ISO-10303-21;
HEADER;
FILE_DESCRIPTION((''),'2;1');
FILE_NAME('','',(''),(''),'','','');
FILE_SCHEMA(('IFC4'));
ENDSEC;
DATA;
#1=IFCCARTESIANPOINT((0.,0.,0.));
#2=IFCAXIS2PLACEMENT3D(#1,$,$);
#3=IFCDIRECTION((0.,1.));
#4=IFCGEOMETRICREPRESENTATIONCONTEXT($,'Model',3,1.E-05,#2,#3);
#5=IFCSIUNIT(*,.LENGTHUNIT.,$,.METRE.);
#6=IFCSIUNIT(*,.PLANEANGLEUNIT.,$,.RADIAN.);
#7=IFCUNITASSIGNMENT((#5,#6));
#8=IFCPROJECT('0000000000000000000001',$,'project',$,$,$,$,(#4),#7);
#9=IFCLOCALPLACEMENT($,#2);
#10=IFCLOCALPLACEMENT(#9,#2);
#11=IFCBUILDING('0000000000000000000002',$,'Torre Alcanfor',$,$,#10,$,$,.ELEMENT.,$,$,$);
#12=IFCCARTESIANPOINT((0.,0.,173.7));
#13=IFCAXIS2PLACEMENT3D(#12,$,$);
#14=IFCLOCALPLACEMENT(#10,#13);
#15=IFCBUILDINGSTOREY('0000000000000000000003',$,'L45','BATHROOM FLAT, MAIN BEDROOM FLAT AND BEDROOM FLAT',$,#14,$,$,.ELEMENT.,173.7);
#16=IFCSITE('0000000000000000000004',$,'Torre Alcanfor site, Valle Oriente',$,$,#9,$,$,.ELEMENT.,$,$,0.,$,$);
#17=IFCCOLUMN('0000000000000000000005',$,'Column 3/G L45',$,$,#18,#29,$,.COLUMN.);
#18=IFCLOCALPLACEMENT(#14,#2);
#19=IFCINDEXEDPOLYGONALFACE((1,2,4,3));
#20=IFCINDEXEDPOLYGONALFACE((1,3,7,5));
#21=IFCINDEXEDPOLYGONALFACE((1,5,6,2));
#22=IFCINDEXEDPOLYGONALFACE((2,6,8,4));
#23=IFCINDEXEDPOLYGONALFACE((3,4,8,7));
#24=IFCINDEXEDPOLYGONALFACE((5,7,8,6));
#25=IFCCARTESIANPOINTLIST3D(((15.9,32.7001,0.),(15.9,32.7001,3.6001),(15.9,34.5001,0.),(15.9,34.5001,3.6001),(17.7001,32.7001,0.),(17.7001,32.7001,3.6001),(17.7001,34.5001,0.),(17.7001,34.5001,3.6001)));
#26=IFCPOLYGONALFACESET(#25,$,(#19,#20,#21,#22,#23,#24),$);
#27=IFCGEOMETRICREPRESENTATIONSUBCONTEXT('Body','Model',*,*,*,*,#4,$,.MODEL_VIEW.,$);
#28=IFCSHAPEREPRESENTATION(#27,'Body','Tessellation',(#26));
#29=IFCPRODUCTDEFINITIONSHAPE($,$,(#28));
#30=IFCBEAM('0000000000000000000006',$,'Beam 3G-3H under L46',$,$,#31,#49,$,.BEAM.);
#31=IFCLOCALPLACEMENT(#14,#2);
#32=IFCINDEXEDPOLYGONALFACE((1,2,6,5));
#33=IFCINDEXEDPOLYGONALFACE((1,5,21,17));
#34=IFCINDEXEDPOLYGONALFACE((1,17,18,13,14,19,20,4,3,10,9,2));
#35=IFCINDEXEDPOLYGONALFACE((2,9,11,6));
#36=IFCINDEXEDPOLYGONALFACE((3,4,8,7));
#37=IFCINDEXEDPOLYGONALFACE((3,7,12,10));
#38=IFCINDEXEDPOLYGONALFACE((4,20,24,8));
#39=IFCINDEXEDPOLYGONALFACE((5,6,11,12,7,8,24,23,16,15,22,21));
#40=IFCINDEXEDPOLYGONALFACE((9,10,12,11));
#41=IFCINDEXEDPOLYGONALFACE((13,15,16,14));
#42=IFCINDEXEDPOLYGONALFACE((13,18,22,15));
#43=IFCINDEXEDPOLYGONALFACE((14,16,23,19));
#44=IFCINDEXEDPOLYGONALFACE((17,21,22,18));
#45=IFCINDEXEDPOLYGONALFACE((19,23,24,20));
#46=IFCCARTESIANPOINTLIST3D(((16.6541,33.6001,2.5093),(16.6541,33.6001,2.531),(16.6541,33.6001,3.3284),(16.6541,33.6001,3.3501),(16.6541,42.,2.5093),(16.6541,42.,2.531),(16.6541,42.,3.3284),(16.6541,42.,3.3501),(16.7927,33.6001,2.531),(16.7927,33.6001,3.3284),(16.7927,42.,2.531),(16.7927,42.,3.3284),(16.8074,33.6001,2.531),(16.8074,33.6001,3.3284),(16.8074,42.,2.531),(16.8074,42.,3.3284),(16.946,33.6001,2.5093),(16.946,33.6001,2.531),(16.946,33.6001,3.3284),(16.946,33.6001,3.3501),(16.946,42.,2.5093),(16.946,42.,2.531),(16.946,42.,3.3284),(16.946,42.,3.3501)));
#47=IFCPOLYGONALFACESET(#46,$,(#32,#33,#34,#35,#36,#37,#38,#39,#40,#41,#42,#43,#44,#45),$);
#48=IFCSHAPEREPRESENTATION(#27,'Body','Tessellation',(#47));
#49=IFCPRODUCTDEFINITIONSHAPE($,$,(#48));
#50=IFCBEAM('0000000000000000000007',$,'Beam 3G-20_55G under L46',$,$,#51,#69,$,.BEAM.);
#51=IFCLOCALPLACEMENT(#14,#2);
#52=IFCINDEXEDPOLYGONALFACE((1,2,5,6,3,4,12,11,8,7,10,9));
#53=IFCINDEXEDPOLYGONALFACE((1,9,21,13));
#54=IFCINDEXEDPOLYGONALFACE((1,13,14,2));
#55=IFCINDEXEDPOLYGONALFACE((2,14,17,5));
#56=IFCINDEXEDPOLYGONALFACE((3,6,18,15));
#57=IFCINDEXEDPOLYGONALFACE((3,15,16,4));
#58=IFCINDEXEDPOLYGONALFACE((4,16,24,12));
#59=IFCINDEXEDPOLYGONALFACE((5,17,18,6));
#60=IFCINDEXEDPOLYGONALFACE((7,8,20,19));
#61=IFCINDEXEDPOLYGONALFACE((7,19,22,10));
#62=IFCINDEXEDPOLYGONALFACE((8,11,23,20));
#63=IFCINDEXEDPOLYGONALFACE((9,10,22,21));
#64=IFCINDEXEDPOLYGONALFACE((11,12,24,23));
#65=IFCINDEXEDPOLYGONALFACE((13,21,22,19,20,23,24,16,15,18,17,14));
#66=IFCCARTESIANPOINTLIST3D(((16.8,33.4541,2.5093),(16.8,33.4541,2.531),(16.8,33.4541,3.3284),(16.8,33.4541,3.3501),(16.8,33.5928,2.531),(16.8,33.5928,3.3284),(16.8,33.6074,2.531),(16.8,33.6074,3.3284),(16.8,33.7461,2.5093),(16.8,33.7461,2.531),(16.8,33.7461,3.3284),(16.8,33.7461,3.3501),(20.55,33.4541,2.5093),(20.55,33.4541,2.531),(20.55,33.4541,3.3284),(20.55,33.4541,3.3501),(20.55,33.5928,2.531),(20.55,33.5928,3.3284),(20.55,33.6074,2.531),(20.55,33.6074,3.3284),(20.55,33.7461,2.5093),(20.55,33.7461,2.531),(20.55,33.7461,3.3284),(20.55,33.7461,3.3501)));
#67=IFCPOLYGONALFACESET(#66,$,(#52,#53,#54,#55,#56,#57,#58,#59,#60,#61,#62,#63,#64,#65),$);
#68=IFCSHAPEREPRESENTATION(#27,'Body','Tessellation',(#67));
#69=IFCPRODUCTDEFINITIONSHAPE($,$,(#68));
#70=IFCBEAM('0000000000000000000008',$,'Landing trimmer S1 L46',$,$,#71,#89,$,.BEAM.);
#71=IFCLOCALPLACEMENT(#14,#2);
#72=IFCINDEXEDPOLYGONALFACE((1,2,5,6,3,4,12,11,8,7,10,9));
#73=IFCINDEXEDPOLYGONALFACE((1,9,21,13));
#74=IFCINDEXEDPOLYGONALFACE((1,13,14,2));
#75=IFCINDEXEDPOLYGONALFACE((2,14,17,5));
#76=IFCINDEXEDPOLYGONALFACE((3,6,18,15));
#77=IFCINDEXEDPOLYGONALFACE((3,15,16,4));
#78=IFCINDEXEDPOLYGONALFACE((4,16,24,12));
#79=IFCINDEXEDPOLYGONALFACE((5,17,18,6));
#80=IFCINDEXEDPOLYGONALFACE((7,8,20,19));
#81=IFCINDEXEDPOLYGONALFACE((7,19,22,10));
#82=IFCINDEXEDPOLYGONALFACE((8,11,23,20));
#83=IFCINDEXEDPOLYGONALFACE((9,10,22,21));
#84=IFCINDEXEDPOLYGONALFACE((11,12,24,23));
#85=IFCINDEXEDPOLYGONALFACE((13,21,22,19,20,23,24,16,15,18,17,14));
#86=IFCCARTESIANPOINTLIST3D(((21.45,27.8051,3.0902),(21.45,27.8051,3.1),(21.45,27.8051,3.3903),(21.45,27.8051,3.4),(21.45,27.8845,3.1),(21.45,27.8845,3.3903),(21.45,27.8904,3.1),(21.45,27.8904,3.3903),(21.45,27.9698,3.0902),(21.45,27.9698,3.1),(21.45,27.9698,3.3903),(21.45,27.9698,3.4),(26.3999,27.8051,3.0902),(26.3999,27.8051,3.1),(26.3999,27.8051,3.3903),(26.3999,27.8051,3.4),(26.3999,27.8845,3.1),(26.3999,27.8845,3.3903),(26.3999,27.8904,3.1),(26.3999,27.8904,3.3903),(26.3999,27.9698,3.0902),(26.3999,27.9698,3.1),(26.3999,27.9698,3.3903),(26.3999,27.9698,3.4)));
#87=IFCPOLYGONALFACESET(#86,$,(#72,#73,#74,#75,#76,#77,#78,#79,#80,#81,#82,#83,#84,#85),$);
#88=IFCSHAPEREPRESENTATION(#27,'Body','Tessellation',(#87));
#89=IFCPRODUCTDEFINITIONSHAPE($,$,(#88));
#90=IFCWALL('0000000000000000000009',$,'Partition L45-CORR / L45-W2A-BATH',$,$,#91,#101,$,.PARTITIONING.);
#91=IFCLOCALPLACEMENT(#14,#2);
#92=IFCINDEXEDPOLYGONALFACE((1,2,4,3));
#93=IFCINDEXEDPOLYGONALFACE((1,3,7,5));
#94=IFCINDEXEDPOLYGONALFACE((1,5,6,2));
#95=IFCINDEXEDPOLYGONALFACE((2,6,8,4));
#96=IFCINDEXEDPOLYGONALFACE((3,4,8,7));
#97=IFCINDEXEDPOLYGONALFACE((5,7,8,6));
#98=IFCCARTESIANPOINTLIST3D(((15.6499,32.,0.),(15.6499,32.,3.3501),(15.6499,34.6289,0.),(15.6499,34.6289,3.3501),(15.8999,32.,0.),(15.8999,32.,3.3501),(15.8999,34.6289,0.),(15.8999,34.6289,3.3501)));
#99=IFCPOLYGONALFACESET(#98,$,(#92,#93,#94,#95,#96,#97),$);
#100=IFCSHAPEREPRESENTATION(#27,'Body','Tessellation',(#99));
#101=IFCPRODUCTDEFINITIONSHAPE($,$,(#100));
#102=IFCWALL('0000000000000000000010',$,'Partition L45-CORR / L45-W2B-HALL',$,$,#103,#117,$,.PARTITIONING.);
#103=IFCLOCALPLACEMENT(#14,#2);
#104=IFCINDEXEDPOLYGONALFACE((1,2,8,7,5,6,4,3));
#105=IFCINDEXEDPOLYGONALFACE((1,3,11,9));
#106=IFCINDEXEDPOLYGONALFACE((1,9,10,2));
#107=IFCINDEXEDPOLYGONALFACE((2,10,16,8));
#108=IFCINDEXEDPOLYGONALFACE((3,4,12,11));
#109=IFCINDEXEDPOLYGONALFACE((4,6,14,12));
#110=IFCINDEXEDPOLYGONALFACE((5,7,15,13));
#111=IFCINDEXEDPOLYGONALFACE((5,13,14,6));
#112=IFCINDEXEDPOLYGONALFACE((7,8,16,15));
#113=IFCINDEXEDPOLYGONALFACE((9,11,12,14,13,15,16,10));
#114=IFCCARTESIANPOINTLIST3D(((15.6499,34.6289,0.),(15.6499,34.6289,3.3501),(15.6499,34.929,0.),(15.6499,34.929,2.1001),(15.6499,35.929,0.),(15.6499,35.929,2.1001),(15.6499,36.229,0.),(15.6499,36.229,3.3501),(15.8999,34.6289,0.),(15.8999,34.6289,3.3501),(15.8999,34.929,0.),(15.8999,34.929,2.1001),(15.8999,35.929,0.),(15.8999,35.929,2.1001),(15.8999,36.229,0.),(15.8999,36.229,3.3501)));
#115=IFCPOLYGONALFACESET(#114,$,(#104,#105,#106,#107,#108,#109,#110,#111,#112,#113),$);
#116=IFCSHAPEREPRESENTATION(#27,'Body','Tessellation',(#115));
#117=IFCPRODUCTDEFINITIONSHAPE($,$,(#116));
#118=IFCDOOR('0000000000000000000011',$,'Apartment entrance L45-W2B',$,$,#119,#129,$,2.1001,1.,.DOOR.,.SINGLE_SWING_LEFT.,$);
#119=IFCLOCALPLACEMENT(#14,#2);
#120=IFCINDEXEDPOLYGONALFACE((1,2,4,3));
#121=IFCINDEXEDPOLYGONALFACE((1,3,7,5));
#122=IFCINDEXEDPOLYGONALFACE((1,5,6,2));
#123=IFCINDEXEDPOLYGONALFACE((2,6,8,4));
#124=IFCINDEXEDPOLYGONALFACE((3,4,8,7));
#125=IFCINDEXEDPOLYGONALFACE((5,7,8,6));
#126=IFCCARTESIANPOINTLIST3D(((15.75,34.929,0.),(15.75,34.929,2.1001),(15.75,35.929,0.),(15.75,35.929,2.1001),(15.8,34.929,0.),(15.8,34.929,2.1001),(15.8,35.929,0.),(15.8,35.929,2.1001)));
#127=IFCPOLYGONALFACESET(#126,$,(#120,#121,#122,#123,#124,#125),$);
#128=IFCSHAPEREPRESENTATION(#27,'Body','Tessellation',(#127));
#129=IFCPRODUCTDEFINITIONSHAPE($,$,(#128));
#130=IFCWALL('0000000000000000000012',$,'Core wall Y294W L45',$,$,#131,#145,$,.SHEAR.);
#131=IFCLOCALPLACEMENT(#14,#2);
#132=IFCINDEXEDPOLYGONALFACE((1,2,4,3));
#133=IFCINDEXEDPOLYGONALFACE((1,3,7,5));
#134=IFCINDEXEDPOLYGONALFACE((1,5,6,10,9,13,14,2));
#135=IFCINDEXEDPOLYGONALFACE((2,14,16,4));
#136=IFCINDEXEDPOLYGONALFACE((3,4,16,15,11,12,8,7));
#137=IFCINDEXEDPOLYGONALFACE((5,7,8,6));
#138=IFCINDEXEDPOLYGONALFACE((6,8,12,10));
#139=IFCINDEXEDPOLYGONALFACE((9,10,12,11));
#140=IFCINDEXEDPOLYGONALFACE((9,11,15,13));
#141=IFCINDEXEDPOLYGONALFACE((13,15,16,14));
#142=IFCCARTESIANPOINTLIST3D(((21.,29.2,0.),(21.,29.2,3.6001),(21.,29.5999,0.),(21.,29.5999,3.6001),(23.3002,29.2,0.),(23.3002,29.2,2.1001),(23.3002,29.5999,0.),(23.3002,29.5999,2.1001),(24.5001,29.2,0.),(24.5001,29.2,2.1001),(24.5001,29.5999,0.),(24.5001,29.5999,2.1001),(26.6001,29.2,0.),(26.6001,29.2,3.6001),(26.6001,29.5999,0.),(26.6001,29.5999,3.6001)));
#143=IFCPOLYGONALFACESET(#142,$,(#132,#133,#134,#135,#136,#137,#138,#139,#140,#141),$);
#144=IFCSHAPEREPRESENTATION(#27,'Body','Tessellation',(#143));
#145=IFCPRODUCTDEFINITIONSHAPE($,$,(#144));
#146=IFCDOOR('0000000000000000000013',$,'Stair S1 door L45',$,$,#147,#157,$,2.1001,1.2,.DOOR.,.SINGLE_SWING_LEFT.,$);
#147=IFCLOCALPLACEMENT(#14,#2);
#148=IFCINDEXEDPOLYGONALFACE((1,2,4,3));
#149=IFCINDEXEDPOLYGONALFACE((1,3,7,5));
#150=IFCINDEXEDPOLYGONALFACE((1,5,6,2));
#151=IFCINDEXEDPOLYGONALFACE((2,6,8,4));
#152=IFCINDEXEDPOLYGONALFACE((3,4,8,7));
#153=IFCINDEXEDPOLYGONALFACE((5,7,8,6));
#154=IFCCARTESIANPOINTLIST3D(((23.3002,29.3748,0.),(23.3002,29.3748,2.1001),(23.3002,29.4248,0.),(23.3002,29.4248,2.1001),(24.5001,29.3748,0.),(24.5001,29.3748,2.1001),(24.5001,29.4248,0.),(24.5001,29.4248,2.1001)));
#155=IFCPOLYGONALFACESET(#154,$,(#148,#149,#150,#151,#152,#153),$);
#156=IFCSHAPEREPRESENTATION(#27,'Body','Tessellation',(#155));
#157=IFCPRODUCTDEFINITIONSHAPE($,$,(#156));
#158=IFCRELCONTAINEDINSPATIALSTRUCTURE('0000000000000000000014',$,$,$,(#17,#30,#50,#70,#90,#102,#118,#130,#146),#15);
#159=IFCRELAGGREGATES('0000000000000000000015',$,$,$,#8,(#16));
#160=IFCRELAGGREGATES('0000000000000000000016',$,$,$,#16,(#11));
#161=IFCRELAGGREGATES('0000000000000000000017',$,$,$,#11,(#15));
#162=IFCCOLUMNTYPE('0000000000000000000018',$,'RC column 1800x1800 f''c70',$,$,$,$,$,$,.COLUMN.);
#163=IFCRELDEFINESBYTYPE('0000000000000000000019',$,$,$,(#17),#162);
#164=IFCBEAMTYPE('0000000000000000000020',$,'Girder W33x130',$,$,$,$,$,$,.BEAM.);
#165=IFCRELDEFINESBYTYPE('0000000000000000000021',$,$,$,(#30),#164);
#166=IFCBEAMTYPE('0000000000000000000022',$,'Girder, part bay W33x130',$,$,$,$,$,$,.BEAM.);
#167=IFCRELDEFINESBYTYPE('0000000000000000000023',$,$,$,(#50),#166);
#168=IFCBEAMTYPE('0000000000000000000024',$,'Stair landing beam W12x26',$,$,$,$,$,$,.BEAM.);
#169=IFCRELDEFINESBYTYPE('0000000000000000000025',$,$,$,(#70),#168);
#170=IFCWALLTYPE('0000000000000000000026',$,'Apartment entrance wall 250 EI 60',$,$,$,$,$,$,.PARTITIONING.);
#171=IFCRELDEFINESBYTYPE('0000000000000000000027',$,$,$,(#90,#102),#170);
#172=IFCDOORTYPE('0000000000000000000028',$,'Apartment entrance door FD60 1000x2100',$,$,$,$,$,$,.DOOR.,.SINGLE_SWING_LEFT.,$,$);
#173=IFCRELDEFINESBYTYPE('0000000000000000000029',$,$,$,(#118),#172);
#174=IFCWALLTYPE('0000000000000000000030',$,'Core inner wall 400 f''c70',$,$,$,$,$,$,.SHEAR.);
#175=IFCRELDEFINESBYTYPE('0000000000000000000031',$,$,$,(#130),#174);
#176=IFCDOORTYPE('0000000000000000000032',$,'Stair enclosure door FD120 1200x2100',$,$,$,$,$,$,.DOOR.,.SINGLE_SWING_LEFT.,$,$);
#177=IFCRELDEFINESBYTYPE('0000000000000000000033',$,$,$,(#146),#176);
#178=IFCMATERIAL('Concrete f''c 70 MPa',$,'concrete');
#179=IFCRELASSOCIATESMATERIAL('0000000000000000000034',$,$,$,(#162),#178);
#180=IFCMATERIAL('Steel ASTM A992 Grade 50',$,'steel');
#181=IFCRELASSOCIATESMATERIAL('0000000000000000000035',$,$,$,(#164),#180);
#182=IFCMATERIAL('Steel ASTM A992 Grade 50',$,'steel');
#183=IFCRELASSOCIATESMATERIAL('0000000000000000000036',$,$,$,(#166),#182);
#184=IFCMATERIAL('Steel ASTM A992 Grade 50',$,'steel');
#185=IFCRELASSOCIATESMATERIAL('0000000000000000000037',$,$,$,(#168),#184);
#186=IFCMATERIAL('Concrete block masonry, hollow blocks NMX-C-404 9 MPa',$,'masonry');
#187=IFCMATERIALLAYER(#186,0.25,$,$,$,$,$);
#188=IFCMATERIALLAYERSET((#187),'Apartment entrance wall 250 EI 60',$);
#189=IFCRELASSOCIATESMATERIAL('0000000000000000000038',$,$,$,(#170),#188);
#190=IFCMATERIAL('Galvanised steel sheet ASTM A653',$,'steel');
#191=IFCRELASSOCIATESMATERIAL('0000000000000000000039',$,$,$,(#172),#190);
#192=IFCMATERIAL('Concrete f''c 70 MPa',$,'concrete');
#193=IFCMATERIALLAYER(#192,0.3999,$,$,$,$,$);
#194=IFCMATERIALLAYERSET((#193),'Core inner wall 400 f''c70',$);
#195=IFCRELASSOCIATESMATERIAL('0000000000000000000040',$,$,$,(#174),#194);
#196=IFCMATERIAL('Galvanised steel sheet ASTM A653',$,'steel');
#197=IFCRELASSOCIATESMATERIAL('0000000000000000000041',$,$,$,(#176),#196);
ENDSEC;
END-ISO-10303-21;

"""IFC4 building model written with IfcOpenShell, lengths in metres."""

from ifc_helpers import new_model, si_unit, direction, frame, frame_2d, origin, origin_2d, place, context, subcontext, project, spatial, rectangle, i_section, extrude, material, layer, layer_set, material_profile, profile_set, type_object, element, fill, save


model = new_model("IFC4")

# Units and contexts
model_context = context("Model", 3, precision=1e-05, world=origin(), true_north=direction((0.0, 1.0)))
body_context = subcontext(model_context, "Body", "Model", "MODEL_VIEW")
ifc_project = project(units=[si_unit("LENGTHUNIT", "METRE"), si_unit("PLANEANGLEUNIT", "RADIAN")], contexts=[model_context])

# Site, building, storey
site_placement = place(None, origin())
site = spatial("IfcSite", under=ifc_project, at=site_placement, Name="Torre Alcanfor site, Valle Oriente", CompositionType="ELEMENT", RefElevation=0.0)
building_placement = place(site_placement, origin())
building = spatial("IfcBuilding", under=site, at=building_placement, Name="Torre Alcanfor", CompositionType="ELEMENT")
storey_placement = place(building_placement, frame((0.0, 0.0, 173.7)))
storey = spatial("IfcBuildingStorey", under=building, at=storey_placement, Name="L45", Description="BATHROOM FLAT, MAIN BEDROOM FLAT AND BEDROOM FLAT", CompositionType="ELEMENT", Elevation=173.7)

# Column
ifc_material_1 = material(Name="Concrete f'c 70 MPa", Category="concrete")
ifc_material_profile_1 = material_profile(ifc_material_1, rectangle(XDim=1.8, YDim=1.8, at=origin_2d()), Name="1800x1800")
ifc_profile_set_1 = profile_set([ifc_material_profile_1], Name="Concrete f'c 70 MPa")
column_type = type_object("IfcColumnType", Name="RC column 1800x1800 f'c70", PredefinedType="COLUMN", material=ifc_profile_set_1)
column_placement = place(storey_placement, frame((16.8, 33.6001, 0.0), z_axis=(0.0, 0.0, 1.0), x_axis=(1.0, 0.0, 0.0)))
element("IfcColumn", 1, at=column_placement, inside=storey, type_object=column_type, Name="Column 3/G L45", PredefinedType="COLUMN", context=body_context, shape_type="SweptSolid", body=[
    extrude(rectangle(XDim=1.8, YDim=1.8, at=origin_2d()), origin(), (0.0, 0.0, 1.0), 3.6001),
])

# Beams
ifc_material_2 = material(Name="Steel ASTM A992 Grade 50", Category="steel")
ifc_material_profile_2 = material_profile(ifc_material_2, i_section(OverallWidth=0.292, OverallDepth=0.8408, WebThickness=0.0146, FlangeThickness=0.0217, at=origin_2d()), Name="W33x130")
ifc_profile_set_2 = profile_set([ifc_material_profile_2], Name="Steel ASTM A992 Grade 50")
beam_type_1 = type_object("IfcBeamType", Name="Girder W33x130", PredefinedType="BEAM", material=ifc_profile_set_2)
beam_1_placement = place(storey_placement, frame((16.8, 33.6001, 2.9297), z_axis=(0.0, 1.0, 0.0), x_axis=(-1.0, 0.0, 0.0)))
element("IfcBeam", 2, at=beam_1_placement, inside=storey, type_object=beam_type_1, Name="Beam 3G-3H under L46", PredefinedType="BEAM", context=body_context, shape_type="SweptSolid", body=[
    extrude(i_section(OverallWidth=0.292, OverallDepth=0.8408, WebThickness=0.0146, FlangeThickness=0.0217, at=origin_2d()), origin(), (0.0, 0.0, 1.0), 8.3999),
])
ifc_material_3 = material(Name="Steel ASTM A992 Grade 50", Category="steel")
ifc_material_profile_3 = material_profile(ifc_material_3, i_section(OverallWidth=0.292, OverallDepth=0.8408, WebThickness=0.0146, FlangeThickness=0.0217, at=origin_2d()), Name="W33x130")
ifc_profile_set_3 = profile_set([ifc_material_profile_3], Name="Steel ASTM A992 Grade 50")
beam_type_2 = type_object("IfcBeamType", Name="Girder, part bay W33x130", PredefinedType="BEAM", material=ifc_profile_set_3)
beam_2_placement = place(storey_placement, frame((16.8, 33.6001, 2.9297), z_axis=(1.0, 0.0, 0.0), x_axis=(0.0, 1.0, 0.0)))
element("IfcBeam", 3, at=beam_2_placement, inside=storey, type_object=beam_type_2, Name="Beam 3G-20_55G under L46", PredefinedType="BEAM", context=body_context, shape_type="SweptSolid", body=[
    extrude(i_section(OverallWidth=0.292, OverallDepth=0.8408, WebThickness=0.0146, FlangeThickness=0.0217, at=origin_2d()), origin(), (0.0, 0.0, 1.0), 3.75),
])
ifc_material_4 = material(Name="Steel ASTM A992 Grade 50", Category="steel")
ifc_material_profile_4 = material_profile(ifc_material_4, i_section(OverallWidth=0.1648, OverallDepth=0.3098, WebThickness=0.0059, FlangeThickness=0.0098, at=origin_2d()), Name="W12x26")
ifc_profile_set_4 = profile_set([ifc_material_profile_4], Name="Steel ASTM A992 Grade 50")
beam_type_3 = type_object("IfcBeamType", Name="Stair landing beam W12x26", PredefinedType="BEAM", material=ifc_profile_set_4)
beam_3_placement = place(storey_placement, frame((21.45, 27.8875, 3.2451), z_axis=(1.0, 0.0, 0.0), x_axis=(0.0, 1.0, 0.0)))
element("IfcBeam", 4, at=beam_3_placement, inside=storey, type_object=beam_type_3, Name="Landing trimmer S1 L46", PredefinedType="BEAM", context=body_context, shape_type="SweptSolid", body=[
    extrude(i_section(OverallWidth=0.1648, OverallDepth=0.3098, WebThickness=0.0059, FlangeThickness=0.0098, at=origin_2d()), origin(), (0.0, 0.0, 1.0), 4.95),
])

# Wall
ifc_material_5 = material(Name="Concrete block masonry, hollow blocks NMX-C-404 9 MPa", Category="masonry")
ifc_layer_1 = layer(ifc_material_5, 0.25)
ifc_layer_set_1 = layer_set([ifc_layer_1], Name="Apartment entrance wall 250 EI 60")
wall_type_1 = type_object("IfcWallType", Name="Apartment entrance wall 250 EI 60", PredefinedType="PARTITIONING", material=ifc_layer_set_1)
wall_1_placement = place(storey_placement, frame((15.7749, 32.0, 0.0), z_axis=(0.0, 0.0, 1.0), x_axis=(0.0, 1.0, 0.0)))
element("IfcWall", 5, at=wall_1_placement, inside=storey, type_object=wall_type_1, Name="Partition L45-CORR / L45-W2A-BATH", PredefinedType="PARTITIONING", context=body_context, shape_type="SweptSolid", body=[
    extrude(rectangle(XDim=2.6289, YDim=0.25, at=frame_2d((1.3145, 0.0))), origin(), (0.0, 0.0, 1.0), 3.3501),
])

# Walls, openings, doors
wall_2_placement = place(storey_placement, frame((15.7749, 34.6289, 0.0), z_axis=(0.0, 0.0, 1.0), x_axis=(0.0, 1.0, 0.0)))
wall_2 = element("IfcWall", 6, at=wall_2_placement, inside=storey, type_object=wall_type_1, Name="Partition L45-CORR / L45-W2B-HALL", PredefinedType="PARTITIONING", context=body_context, shape_type="SweptSolid", body=[
    extrude(rectangle(XDim=1.6001, YDim=0.25, at=frame_2d((0.8, 0.0))), origin(), (0.0, 0.0, 1.0), 3.3501),
])
opening_1_placement = place(wall_2_placement, frame((0.3, 0.0, 0.0)))
opening_1 = element("IfcOpeningElement", 7, at=opening_1_placement, cuts=wall_2, PredefinedType="OPENING", context=body_context, shape_type="SweptSolid", body=[
    extrude(rectangle(XDim=1.0, YDim=2.1001, at=frame_2d((0.5, 1.05))), frame((0.0, 0.135, 0.0), z_axis=(0.0, -1.0, 0.0), x_axis=(1.0, 0.0, 0.0)), (0.0, 0.0, 1.0), 0.27),
])
ifc_material_6 = material(Name="Galvanised steel sheet ASTM A653", Category="steel")
door_type_1 = type_object("IfcDoorType", Name="Apartment entrance door FD60 1000x2100", OperationType="SINGLE_SWING_LEFT", PredefinedType="DOOR", material=ifc_material_6)
door_1_placement = place(opening_1_placement, origin())
door_1 = element("IfcDoor", 8, at=door_1_placement, inside=storey, type_object=door_type_1, Name="Apartment entrance L45-W2B", OperationType="SINGLE_SWING_LEFT", OverallHeight=2.1001, OverallWidth=1.0, PredefinedType="DOOR", context=body_context, shape_type="SweptSolid", body=[
    extrude(rectangle(XDim=1.0, YDim=2.1001, at=frame_2d((0.5, 1.05))), frame((0.0, 0.0249, 0.0), z_axis=(0.0, -1.0, 0.0), x_axis=(1.0, 0.0, 0.0)), (0.0, 0.0, 1.0), 0.05),
])
fill(opening_1, door_1)
ifc_material_7 = material(Name="Concrete f'c 70 MPa", Category="concrete")
ifc_layer_2 = layer(ifc_material_7, 0.3999)
ifc_layer_set_2 = layer_set([ifc_layer_2], Name="Core inner wall 400 f'c70")
wall_type_2 = type_object("IfcWallType", Name="Core inner wall 400 f'c70", PredefinedType="SHEAR", material=ifc_layer_set_2)
wall_3_placement = place(storey_placement, frame((21.0, 29.3999, 0.0), z_axis=(0.0, 0.0, 1.0), x_axis=(1.0, 0.0, 0.0)))
wall_3 = element("IfcWall", 9, at=wall_3_placement, inside=storey, type_object=wall_type_2, Name="Core wall Y294W L45", PredefinedType="SHEAR", context=body_context, shape_type="SweptSolid", body=[
    extrude(rectangle(XDim=5.6001, YDim=0.3999, at=frame_2d((2.8, 0.0))), origin(), (0.0, 0.0, 1.0), 3.6001),
])
opening_2_placement = place(wall_3_placement, frame((2.3, 0.0, 0.0)))
opening_2 = element("IfcOpeningElement", 10, at=opening_2_placement, cuts=wall_3, PredefinedType="OPENING", context=body_context, shape_type="SweptSolid", body=[
    extrude(rectangle(XDim=1.2, YDim=2.1001, at=frame_2d((0.6001, 1.05))), frame((0.0, 0.21, 0.0), z_axis=(0.0, -1.0, 0.0), x_axis=(1.0, 0.0, 0.0)), (0.0, 0.0, 1.0), 0.4199),
])
ifc_material_8 = material(Name="Galvanised steel sheet ASTM A653", Category="steel")
door_type_2 = type_object("IfcDoorType", Name="Stair enclosure door FD120 1200x2100", OperationType="SINGLE_SWING_LEFT", PredefinedType="DOOR", material=ifc_material_8)
door_2_placement = place(opening_2_placement, frame((1.2, 0.0, 0.0), z_axis=(0.0, 0.0, 1.0), x_axis=(-1.0, 0.0, 0.0)))
door_2 = element("IfcDoor", 11, at=door_2_placement, inside=storey, type_object=door_type_2, Name="Stair S1 door L45", OperationType="SINGLE_SWING_LEFT", OverallHeight=2.1001, OverallWidth=1.2, PredefinedType="DOOR", context=body_context, shape_type="SweptSolid", body=[
    extrude(rectangle(XDim=1.2, YDim=2.1001, at=frame_2d((0.5999, 1.05))), frame((0.0, 0.0251, 0.0), z_axis=(0.0, -1.0, 0.0), x_axis=(1.0, 0.0, 0.0)), (0.0, 0.0, 1.0), 0.05),
])
fill(opening_2, door_2)

save(model, "model.ifc")
